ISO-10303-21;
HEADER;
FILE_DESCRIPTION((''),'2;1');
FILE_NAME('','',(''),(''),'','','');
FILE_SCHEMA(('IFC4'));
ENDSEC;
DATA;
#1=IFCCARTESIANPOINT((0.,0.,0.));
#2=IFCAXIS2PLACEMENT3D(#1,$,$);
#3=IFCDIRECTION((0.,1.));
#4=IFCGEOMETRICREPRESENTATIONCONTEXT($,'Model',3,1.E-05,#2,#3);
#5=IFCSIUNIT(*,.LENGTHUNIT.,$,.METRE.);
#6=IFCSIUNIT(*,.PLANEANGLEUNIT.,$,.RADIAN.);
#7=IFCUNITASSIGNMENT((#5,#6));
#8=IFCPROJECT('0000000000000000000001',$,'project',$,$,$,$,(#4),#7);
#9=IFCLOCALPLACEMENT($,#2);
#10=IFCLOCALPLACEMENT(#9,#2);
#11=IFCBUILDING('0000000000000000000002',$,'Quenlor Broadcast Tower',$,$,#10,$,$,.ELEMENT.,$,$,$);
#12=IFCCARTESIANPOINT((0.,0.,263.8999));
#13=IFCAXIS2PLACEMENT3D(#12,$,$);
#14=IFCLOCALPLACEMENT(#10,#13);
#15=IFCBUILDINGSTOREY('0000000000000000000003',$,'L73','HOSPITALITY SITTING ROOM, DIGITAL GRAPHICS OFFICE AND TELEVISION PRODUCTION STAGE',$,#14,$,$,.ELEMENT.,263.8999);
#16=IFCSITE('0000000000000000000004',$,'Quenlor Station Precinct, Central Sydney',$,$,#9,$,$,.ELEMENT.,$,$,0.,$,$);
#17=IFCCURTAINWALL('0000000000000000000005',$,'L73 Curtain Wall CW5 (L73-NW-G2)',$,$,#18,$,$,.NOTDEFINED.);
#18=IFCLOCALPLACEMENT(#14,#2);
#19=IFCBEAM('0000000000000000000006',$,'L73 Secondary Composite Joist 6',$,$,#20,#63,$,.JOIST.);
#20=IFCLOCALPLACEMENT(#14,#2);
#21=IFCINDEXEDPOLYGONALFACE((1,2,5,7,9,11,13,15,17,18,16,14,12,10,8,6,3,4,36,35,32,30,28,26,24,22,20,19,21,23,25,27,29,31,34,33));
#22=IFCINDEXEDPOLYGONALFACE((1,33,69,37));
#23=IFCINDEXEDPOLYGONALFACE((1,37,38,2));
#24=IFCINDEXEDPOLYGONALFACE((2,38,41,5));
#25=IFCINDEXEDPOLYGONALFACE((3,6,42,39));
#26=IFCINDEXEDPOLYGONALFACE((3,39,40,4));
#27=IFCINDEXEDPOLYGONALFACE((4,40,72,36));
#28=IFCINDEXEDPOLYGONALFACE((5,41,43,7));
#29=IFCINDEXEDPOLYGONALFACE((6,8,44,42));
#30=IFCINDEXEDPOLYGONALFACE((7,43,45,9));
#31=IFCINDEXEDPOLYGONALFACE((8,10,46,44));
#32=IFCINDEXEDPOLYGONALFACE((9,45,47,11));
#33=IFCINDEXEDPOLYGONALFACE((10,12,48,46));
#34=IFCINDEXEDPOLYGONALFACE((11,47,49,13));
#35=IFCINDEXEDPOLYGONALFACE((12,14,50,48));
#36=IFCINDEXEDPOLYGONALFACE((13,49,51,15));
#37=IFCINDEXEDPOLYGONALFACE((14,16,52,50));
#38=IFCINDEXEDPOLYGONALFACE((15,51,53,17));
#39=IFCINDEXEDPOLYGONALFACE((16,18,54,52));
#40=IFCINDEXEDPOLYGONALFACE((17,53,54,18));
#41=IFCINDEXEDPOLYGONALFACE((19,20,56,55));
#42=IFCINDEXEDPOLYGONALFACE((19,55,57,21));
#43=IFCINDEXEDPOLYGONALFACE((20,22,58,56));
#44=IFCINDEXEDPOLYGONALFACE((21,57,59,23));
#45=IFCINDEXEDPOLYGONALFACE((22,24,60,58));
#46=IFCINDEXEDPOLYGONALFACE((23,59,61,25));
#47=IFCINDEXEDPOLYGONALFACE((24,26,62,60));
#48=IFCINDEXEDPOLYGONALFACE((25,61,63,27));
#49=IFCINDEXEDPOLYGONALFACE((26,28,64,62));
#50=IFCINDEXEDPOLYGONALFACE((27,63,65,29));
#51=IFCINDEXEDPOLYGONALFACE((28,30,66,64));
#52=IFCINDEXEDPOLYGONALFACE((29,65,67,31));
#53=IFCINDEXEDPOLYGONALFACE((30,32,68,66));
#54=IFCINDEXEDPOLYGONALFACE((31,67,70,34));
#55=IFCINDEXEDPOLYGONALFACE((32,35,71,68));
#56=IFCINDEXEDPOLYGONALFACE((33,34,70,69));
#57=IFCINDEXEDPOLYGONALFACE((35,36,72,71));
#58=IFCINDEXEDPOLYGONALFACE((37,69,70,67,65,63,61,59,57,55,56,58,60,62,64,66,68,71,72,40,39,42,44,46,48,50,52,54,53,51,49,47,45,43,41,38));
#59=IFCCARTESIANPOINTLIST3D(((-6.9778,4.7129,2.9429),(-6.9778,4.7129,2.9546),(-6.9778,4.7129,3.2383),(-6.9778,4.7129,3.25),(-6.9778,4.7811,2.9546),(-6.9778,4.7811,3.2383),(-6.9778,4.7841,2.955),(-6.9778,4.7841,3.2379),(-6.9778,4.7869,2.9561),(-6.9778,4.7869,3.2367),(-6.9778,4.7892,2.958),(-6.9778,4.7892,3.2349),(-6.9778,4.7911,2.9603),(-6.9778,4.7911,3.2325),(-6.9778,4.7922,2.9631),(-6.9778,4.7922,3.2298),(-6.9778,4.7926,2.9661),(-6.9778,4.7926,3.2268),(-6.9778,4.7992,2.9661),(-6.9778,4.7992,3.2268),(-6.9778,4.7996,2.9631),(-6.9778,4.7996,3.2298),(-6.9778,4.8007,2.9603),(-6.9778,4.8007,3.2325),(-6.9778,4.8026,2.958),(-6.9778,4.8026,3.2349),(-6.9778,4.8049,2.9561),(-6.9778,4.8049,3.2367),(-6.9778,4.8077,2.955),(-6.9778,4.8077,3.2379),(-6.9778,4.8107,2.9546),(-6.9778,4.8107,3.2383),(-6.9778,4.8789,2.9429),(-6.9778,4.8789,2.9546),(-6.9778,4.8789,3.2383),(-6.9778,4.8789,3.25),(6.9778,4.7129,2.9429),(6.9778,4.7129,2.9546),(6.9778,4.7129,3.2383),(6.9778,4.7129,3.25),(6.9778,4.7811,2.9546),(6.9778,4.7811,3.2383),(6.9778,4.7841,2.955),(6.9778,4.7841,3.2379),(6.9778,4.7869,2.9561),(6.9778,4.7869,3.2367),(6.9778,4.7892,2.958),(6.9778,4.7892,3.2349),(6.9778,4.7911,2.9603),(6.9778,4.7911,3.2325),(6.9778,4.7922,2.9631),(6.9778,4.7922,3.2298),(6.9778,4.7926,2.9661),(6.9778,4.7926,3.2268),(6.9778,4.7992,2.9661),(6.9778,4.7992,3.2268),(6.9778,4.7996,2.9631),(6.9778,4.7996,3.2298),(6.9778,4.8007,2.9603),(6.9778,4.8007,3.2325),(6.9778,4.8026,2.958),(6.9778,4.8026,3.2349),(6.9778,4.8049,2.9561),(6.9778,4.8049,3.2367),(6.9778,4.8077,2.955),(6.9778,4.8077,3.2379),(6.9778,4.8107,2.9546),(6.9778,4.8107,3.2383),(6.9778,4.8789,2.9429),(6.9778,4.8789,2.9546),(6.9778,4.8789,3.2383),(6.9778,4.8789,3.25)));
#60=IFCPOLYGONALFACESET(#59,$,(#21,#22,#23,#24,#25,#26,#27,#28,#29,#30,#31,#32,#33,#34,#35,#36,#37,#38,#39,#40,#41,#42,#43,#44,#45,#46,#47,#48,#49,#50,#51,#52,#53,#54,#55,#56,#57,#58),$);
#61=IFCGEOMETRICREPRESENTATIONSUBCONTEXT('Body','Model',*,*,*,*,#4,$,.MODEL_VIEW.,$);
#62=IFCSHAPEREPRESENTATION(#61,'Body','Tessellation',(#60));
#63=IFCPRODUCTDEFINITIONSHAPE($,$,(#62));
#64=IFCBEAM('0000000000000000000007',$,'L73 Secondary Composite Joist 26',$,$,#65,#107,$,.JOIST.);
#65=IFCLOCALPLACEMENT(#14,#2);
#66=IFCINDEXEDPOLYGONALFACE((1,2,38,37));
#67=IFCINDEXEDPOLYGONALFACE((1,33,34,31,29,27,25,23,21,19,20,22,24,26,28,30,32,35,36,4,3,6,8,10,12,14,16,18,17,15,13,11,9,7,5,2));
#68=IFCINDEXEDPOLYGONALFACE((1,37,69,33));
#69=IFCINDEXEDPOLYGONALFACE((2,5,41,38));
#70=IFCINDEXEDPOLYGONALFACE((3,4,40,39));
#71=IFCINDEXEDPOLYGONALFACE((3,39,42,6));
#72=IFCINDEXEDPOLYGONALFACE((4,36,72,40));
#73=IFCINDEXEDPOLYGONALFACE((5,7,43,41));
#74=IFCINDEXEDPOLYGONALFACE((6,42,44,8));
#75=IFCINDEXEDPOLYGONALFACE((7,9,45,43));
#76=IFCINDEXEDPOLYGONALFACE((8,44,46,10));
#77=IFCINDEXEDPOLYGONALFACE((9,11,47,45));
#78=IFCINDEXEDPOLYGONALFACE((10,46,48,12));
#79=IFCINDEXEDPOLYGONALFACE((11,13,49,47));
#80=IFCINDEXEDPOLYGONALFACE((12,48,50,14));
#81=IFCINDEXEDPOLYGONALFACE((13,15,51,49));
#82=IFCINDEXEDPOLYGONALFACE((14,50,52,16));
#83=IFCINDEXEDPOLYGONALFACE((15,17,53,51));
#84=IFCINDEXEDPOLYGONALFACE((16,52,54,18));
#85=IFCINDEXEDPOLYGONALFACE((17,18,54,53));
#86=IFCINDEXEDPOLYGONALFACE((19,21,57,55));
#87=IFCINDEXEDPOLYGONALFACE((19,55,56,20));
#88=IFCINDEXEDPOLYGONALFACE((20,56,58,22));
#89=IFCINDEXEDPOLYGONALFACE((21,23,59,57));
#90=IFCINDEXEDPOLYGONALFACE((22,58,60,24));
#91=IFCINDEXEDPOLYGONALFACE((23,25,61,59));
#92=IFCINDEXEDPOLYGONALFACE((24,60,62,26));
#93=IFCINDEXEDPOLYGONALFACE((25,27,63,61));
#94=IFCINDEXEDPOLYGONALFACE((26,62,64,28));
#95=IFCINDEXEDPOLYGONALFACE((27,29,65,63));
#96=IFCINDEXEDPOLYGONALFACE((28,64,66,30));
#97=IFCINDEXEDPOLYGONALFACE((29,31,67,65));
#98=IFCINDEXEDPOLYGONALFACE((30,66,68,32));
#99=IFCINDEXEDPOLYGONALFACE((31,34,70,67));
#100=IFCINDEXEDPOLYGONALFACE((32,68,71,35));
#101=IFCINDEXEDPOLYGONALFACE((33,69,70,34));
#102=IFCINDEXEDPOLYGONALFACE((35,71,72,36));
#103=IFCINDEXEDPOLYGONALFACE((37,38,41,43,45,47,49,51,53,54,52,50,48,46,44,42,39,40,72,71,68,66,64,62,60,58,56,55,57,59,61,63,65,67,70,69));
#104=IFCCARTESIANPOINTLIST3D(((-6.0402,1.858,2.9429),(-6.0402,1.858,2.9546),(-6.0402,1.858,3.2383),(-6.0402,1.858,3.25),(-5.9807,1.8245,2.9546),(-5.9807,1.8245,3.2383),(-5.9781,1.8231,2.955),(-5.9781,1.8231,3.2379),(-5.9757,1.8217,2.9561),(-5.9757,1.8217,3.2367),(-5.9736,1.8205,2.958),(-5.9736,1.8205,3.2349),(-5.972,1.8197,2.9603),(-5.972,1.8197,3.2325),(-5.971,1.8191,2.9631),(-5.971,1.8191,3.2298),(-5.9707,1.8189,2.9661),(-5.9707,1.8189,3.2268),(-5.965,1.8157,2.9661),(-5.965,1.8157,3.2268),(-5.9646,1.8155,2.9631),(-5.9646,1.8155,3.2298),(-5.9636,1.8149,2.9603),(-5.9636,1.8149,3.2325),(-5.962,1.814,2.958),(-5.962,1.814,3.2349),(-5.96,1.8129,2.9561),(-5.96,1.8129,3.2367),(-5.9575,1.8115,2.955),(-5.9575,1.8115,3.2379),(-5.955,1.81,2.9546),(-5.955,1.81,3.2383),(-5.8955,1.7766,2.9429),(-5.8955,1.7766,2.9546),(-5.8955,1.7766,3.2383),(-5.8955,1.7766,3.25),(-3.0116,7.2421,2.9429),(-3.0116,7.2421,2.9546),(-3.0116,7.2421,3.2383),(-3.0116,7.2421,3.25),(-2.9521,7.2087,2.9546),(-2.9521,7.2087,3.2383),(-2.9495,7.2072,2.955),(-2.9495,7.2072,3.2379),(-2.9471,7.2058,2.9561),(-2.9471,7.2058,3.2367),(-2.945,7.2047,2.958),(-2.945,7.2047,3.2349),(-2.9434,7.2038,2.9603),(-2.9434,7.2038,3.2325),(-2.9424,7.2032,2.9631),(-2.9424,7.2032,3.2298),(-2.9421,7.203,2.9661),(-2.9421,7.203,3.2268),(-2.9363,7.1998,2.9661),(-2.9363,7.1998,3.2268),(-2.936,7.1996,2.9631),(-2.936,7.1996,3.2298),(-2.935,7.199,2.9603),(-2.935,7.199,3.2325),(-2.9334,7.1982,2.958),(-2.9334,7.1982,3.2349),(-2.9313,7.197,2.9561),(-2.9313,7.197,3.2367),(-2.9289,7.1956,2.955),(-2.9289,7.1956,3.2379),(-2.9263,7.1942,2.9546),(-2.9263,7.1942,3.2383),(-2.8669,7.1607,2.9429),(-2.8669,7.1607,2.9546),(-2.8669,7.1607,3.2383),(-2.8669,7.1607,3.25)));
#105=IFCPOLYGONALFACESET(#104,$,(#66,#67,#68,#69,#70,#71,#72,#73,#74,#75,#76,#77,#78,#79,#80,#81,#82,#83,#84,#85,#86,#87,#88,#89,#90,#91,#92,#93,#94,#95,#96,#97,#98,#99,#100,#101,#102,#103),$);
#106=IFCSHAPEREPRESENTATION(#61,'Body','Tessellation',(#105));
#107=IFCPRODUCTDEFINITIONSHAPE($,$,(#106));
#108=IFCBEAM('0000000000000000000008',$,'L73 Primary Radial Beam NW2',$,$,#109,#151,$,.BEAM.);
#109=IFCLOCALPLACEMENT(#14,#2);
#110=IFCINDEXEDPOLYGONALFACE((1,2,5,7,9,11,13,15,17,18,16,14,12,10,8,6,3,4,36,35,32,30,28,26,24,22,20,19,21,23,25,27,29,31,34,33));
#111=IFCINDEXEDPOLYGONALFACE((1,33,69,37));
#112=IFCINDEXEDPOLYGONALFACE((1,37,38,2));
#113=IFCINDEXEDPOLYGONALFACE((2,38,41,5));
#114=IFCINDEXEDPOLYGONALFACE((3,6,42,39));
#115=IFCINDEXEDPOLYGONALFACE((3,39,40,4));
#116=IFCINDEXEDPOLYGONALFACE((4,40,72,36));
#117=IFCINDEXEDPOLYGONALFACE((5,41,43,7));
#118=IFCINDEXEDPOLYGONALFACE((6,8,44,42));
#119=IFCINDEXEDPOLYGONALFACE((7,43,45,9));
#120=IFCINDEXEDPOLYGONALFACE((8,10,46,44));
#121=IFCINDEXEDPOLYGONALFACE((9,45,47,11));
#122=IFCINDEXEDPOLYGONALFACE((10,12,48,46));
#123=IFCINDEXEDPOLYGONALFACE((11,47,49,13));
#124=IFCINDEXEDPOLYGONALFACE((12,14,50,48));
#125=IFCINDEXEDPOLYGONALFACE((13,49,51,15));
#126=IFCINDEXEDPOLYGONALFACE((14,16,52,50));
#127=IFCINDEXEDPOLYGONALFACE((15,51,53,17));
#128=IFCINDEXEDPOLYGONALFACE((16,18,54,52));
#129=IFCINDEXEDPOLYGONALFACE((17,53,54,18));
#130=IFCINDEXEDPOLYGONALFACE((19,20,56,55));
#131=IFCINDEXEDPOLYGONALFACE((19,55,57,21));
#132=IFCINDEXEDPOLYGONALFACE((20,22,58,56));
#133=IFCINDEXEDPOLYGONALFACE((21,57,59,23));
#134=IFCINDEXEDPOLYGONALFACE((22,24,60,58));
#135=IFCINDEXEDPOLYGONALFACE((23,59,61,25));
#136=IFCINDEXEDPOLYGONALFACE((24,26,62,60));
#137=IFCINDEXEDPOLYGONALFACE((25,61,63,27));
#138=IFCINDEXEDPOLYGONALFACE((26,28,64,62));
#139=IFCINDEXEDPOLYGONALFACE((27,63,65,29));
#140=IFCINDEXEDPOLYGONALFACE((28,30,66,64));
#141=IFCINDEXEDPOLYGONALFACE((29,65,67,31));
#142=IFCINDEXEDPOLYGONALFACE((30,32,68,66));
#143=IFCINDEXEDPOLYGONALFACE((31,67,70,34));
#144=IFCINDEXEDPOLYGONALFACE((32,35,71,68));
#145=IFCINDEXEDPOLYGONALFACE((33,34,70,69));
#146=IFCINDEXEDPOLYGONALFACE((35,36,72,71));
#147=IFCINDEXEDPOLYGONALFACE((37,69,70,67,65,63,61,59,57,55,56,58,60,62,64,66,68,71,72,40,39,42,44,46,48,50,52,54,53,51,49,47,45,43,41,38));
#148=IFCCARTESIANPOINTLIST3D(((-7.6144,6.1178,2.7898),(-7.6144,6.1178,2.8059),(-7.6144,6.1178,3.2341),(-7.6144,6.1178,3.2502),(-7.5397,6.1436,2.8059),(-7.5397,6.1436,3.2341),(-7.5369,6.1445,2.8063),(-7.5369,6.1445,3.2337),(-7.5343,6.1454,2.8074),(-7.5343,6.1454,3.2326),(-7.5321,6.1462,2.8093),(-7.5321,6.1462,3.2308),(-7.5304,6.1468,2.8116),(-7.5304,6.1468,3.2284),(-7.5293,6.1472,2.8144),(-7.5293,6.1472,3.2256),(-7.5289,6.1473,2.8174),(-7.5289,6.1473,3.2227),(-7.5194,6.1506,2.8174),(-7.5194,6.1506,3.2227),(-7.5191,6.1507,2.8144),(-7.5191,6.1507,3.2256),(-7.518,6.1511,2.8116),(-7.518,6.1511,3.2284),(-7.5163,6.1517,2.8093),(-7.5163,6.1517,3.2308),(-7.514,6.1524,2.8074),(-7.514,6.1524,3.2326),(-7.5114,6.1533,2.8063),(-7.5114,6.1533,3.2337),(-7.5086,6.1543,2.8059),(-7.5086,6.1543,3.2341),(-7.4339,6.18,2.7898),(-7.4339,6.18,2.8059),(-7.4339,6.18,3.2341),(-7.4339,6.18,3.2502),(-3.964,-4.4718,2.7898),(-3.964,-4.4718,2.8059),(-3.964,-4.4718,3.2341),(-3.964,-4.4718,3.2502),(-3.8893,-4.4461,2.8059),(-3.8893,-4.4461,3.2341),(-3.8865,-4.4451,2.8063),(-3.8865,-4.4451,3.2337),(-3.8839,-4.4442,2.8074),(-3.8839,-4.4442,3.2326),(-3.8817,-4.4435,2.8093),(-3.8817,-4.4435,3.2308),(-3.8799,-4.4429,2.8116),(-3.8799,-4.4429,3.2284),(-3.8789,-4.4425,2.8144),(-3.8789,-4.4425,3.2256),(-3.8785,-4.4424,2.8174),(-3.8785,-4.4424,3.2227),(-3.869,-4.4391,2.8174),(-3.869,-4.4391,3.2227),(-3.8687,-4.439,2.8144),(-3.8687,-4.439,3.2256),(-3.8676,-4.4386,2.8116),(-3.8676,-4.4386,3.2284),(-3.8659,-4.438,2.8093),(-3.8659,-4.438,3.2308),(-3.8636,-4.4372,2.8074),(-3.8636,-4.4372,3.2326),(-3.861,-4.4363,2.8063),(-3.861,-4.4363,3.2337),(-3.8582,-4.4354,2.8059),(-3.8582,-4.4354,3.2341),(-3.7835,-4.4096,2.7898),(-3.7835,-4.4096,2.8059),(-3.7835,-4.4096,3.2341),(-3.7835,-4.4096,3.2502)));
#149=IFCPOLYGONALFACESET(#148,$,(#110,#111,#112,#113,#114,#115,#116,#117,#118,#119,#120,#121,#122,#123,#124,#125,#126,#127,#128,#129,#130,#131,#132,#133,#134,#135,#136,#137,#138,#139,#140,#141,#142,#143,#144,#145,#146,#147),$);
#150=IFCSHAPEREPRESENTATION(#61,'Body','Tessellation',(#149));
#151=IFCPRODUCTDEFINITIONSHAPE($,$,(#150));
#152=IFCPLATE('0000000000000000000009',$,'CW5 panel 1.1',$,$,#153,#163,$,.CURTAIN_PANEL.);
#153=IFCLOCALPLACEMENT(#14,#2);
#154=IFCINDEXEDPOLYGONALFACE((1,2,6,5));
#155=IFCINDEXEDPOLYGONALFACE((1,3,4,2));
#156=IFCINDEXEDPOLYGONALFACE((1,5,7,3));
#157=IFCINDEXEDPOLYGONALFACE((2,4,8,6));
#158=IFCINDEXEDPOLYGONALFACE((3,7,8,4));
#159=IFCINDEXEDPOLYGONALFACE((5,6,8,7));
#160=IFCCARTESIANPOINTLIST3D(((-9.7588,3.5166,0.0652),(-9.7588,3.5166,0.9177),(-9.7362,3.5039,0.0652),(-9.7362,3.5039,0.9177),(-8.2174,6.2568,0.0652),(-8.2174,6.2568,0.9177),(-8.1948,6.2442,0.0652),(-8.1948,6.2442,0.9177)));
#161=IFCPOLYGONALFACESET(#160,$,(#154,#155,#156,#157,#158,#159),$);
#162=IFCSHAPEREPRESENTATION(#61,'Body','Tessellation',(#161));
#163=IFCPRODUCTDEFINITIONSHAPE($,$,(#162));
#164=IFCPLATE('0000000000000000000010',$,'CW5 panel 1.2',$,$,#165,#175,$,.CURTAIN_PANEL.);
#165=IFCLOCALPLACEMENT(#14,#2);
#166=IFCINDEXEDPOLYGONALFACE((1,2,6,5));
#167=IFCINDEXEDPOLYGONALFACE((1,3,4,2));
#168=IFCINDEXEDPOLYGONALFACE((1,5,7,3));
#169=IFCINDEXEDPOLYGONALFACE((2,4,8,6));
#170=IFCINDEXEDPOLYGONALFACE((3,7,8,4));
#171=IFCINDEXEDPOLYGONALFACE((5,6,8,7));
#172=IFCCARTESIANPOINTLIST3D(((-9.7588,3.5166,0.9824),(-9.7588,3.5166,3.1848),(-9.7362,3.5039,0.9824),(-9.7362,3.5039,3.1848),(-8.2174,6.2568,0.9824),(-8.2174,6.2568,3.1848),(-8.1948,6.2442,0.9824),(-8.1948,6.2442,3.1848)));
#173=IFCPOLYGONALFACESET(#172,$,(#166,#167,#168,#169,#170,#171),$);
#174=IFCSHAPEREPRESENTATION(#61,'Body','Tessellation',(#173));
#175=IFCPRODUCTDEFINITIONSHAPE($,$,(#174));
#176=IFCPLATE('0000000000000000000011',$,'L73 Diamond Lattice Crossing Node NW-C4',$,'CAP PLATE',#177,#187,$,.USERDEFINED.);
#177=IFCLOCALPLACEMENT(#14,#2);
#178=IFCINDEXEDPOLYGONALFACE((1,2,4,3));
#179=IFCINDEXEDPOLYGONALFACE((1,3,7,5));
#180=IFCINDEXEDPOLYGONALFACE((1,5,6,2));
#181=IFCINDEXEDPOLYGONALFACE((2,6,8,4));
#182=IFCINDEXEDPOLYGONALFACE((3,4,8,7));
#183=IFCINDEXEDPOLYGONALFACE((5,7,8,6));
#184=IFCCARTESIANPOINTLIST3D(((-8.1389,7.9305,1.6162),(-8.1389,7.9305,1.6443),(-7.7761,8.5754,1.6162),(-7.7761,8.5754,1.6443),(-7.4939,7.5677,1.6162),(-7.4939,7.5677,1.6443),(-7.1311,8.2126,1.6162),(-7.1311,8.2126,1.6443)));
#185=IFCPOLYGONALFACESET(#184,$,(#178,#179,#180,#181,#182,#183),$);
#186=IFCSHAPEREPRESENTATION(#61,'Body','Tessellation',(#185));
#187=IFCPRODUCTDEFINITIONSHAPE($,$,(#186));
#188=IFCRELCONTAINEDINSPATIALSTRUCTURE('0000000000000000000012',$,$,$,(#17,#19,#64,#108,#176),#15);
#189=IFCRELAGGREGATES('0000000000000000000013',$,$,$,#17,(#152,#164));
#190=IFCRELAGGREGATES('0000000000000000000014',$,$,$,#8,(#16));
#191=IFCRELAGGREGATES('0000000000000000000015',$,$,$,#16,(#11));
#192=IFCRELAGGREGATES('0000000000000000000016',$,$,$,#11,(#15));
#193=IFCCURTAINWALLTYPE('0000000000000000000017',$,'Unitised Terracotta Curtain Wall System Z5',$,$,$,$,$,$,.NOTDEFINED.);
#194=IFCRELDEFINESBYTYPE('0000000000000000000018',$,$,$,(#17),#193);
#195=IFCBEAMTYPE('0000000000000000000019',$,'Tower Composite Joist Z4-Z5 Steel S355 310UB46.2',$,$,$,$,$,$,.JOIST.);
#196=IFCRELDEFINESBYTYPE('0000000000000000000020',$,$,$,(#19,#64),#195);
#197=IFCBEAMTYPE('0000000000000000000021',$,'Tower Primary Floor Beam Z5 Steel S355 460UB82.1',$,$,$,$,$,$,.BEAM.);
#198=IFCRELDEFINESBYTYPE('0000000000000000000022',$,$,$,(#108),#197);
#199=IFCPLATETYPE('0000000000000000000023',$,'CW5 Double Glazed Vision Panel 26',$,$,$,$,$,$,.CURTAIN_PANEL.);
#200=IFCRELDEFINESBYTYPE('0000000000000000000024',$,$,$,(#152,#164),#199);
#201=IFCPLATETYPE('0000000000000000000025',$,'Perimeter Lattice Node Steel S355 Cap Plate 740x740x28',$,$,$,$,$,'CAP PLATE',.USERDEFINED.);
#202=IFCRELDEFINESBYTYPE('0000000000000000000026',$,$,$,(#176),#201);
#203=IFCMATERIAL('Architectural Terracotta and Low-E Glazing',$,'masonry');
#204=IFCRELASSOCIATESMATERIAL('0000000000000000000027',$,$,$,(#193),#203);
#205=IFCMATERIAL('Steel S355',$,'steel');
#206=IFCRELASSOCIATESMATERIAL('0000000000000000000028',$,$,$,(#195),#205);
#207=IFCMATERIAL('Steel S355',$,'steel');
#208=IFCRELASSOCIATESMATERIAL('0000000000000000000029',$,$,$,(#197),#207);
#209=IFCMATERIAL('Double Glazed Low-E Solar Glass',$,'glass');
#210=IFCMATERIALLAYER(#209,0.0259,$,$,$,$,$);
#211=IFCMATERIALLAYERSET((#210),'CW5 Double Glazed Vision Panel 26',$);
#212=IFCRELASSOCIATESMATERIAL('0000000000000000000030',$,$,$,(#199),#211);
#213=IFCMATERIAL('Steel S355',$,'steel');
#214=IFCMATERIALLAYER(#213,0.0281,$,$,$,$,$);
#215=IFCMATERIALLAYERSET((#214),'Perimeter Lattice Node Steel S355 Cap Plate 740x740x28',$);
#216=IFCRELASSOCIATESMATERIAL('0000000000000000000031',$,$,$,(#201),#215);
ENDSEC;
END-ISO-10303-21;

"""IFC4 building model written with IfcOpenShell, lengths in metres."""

from ifc_helpers import new_model, si_unit, direction, frame, origin, origin_2d, place, context, subcontext, project, spatial, rectangle, i_section, extrude, material, layer, layer_set, material_profile, profile_set, type_object, element, aggregate, save


model = new_model("IFC4")

# Units and contexts
model_context = context("Model", 3, precision=1e-05, world=origin(), true_north=direction((0.0, 1.0)))
body_context = subcontext(model_context, "Body", "Model", "MODEL_VIEW")
ifc_project = project(units=[si_unit("LENGTHUNIT", "METRE"), si_unit("PLANEANGLEUNIT", "RADIAN")], contexts=[model_context])

# Site, building, storey
site_placement = place(None, origin())
site = spatial("IfcSite", under=ifc_project, at=site_placement, Name="Quenlor Station Precinct, Central Sydney", CompositionType="ELEMENT", RefElevation=0.0)
building_placement = place(site_placement, origin())
building = spatial("IfcBuilding", under=site, at=building_placement, Name="Quenlor Broadcast Tower", CompositionType="ELEMENT")
storey_placement = place(building_placement, frame((0.0, 0.0, 263.8999)))
storey = spatial("IfcBuildingStorey", under=building, at=storey_placement, Name="L73", Description="HOSPITALITY SITTING ROOM, DIGITAL GRAPHICS OFFICE AND TELEVISION PRODUCTION STAGE", CompositionType="ELEMENT", Elevation=263.8999)

# Curtain wall
ifc_material_1 = material(Name="Architectural Terracotta and Low-E Glazing", Category="masonry")
curtain_wall_type = type_object("IfcCurtainWallType", Name="Unitised Terracotta Curtain Wall System Z5", PredefinedType="NOTDEFINED", material=ifc_material_1)
curtain_wall_placement = place(storey_placement, origin())
curtain_wall = element("IfcCurtainWall", 1, at=curtain_wall_placement, inside=storey, type_object=curtain_wall_type, Name="L73 Curtain Wall CW5 (L73-NW-G2)", PredefinedType="NOTDEFINED")

# Beams
ifc_material_2 = material(Name="Steel S355", Category="steel")
ifc_material_profile_1 = material_profile(ifc_material_2, i_section(OverallWidth=0.166, OverallDepth=0.3071, WebThickness=0.0066, FlangeThickness=0.0117, FilletRadius=0.0115, at=origin_2d()))
ifc_profile_set_1 = profile_set([ifc_material_profile_1], Name="Steel S355 310UB46.2")
beam_type_1 = type_object("IfcBeamType", Name="Tower Composite Joist Z4-Z5 Steel S355 310UB46.2", PredefinedType="JOIST", material=ifc_profile_set_1)
beam_1_placement = place(storey_placement, frame((-6.9778, 4.7959, 3.0964), z_axis=(1.0, 0.0, 0.0), x_axis=(0.0, 1.0, 0.0)))
element("IfcBeam", 2, at=beam_1_placement, inside=storey, type_object=beam_type_1, Name="L73 Secondary Composite Joist 6", PredefinedType="JOIST", context=body_context, shape_type="SweptSolid", body=[
    extrude(i_section(OverallWidth=0.166, OverallDepth=0.3071, WebThickness=0.0066, FlangeThickness=0.0117, FilletRadius=0.0115, at=origin_2d()), origin(), (0.0, 0.0, 1.0), 13.9556),
])
beam_2_placement = place(storey_placement, frame((-2.9392, 7.2014, 3.0964), z_axis=(-0.490267, -0.871572, 0.0), x_axis=(0.871572, -0.490267, 0.0)))
element("IfcBeam", 3, at=beam_2_placement, inside=storey, type_object=beam_type_1, Name="L73 Secondary Composite Joist 26", PredefinedType="JOIST", context=body_context, shape_type="SweptSolid", body=[
    extrude(i_section(OverallWidth=0.166, OverallDepth=0.3071, WebThickness=0.0066, FlangeThickness=0.0117, FilletRadius=0.0115, at=origin_2d()), origin(), (0.0, 0.0, 1.0), 6.1775),
])
ifc_material_3 = material(Name="Steel S355", Category="steel")
ifc_material_profile_2 = material_profile(ifc_material_3, i_section(OverallWidth=0.1909, OverallDepth=0.4604, WebThickness=0.01, FlangeThickness=0.0161, FilletRadius=0.0115, at=origin_2d()))
ifc_profile_set_2 = profile_set([ifc_material_profile_2], Name="Steel S355 460UB82.1")
beam_type_2 = type_object("IfcBeamType", Name="Tower Primary Floor Beam Z5 Steel S355 460UB82.1", PredefinedType="BEAM", material=ifc_profile_set_2)
beam_3_placement = place(storey_placement, frame((-7.5242, 6.1489, 3.02), z_axis=(0.325895, -0.945406, 0.0), x_axis=(0.945406, 0.325895, 0.0)))
element("IfcBeam", 4, at=beam_3_placement, inside=storey, type_object=beam_type_2, Name="L73 Primary Radial Beam NW2", PredefinedType="BEAM", context=body_context, shape_type="SweptSolid", body=[
    extrude(i_section(OverallWidth=0.1909, OverallDepth=0.4604, WebThickness=0.01, FlangeThickness=0.0161, FilletRadius=0.0115, at=origin_2d()), origin(), (0.0, 0.0, 1.0), 11.2012),
])

# Plates
ifc_material_4 = material(Name="Double Glazed Low-E Solar Glass", Category="glass")
ifc_layer_1 = layer(ifc_material_4, 0.0259)
ifc_layer_set_1 = layer_set([ifc_layer_1], Name="CW5 Double Glazed Vision Panel 26")
plate_type_1 = type_object("IfcPlateType", Name="CW5 Double Glazed Vision Panel 26", PredefinedType="CURTAIN_PANEL", material=ifc_layer_set_1)
plate_1_placement = place(storey_placement, frame((-8.9768, 4.8804, 0.0652), z_axis=(0.0, 0.0, 1.0), x_axis=(0.490263, 0.871575, 0.0)))
plate_1 = element("IfcPlate", 5, at=plate_1_placement, type_object=plate_type_1, Name="CW5 panel 1.1", PredefinedType="CURTAIN_PANEL", context=body_context, shape_type="SweptSolid", body=[
    extrude(rectangle(XDim=3.144, YDim=0.0259, at=origin_2d()), origin(), (0.0, 0.0, 1.0), 0.8525),
])
plate_2_placement = place(storey_placement, frame((-8.9768, 4.8804, 0.9824), z_axis=(0.0, 0.0, 1.0), x_axis=(0.490263, 0.871575, 0.0)))
plate_2 = element("IfcPlate", 6, at=plate_2_placement, type_object=plate_type_1, Name="CW5 panel 1.2", PredefinedType="CURTAIN_PANEL", context=body_context, shape_type="SweptSolid", body=[
    extrude(rectangle(XDim=3.144, YDim=0.0259, at=origin_2d()), origin(), (0.0, 0.0, 1.0), 2.2024),
])
aggregate(curtain_wall, [plate_1, plate_2])

# Plate
ifc_material_5 = material(Name="Steel S355", Category="steel")
ifc_layer_2 = layer(ifc_material_5, 0.0281)
ifc_layer_set_2 = layer_set([ifc_layer_2], Name="Perimeter Lattice Node Steel S355 Cap Plate 740x740x28")
plate_type_2 = type_object("IfcPlateType", Name="Perimeter Lattice Node Steel S355 Cap Plate 740x740x28", ElementType="CAP PLATE", PredefinedType="USERDEFINED", material=ifc_layer_set_2)
plate_3_placement = place(storey_placement, frame((-7.635, 8.0715, 1.6162), z_axis=(0.0, 0.0, 1.0), x_axis=(0.490295, 0.871556, 0.0)))
element("IfcPlate", 7, at=plate_3_placement, inside=storey, type_object=plate_type_2, Name="L73 Diamond Lattice Crossing Node NW-C4", ObjectType="CAP PLATE", PredefinedType="USERDEFINED", context=body_context, shape_type="SweptSolid", body=[
    extrude(rectangle(XDim=0.74, YDim=0.74, at=origin_2d()), origin(), (0.0, 0.0, 1.0), 0.0281),
])

save(model, "model.ifc")
